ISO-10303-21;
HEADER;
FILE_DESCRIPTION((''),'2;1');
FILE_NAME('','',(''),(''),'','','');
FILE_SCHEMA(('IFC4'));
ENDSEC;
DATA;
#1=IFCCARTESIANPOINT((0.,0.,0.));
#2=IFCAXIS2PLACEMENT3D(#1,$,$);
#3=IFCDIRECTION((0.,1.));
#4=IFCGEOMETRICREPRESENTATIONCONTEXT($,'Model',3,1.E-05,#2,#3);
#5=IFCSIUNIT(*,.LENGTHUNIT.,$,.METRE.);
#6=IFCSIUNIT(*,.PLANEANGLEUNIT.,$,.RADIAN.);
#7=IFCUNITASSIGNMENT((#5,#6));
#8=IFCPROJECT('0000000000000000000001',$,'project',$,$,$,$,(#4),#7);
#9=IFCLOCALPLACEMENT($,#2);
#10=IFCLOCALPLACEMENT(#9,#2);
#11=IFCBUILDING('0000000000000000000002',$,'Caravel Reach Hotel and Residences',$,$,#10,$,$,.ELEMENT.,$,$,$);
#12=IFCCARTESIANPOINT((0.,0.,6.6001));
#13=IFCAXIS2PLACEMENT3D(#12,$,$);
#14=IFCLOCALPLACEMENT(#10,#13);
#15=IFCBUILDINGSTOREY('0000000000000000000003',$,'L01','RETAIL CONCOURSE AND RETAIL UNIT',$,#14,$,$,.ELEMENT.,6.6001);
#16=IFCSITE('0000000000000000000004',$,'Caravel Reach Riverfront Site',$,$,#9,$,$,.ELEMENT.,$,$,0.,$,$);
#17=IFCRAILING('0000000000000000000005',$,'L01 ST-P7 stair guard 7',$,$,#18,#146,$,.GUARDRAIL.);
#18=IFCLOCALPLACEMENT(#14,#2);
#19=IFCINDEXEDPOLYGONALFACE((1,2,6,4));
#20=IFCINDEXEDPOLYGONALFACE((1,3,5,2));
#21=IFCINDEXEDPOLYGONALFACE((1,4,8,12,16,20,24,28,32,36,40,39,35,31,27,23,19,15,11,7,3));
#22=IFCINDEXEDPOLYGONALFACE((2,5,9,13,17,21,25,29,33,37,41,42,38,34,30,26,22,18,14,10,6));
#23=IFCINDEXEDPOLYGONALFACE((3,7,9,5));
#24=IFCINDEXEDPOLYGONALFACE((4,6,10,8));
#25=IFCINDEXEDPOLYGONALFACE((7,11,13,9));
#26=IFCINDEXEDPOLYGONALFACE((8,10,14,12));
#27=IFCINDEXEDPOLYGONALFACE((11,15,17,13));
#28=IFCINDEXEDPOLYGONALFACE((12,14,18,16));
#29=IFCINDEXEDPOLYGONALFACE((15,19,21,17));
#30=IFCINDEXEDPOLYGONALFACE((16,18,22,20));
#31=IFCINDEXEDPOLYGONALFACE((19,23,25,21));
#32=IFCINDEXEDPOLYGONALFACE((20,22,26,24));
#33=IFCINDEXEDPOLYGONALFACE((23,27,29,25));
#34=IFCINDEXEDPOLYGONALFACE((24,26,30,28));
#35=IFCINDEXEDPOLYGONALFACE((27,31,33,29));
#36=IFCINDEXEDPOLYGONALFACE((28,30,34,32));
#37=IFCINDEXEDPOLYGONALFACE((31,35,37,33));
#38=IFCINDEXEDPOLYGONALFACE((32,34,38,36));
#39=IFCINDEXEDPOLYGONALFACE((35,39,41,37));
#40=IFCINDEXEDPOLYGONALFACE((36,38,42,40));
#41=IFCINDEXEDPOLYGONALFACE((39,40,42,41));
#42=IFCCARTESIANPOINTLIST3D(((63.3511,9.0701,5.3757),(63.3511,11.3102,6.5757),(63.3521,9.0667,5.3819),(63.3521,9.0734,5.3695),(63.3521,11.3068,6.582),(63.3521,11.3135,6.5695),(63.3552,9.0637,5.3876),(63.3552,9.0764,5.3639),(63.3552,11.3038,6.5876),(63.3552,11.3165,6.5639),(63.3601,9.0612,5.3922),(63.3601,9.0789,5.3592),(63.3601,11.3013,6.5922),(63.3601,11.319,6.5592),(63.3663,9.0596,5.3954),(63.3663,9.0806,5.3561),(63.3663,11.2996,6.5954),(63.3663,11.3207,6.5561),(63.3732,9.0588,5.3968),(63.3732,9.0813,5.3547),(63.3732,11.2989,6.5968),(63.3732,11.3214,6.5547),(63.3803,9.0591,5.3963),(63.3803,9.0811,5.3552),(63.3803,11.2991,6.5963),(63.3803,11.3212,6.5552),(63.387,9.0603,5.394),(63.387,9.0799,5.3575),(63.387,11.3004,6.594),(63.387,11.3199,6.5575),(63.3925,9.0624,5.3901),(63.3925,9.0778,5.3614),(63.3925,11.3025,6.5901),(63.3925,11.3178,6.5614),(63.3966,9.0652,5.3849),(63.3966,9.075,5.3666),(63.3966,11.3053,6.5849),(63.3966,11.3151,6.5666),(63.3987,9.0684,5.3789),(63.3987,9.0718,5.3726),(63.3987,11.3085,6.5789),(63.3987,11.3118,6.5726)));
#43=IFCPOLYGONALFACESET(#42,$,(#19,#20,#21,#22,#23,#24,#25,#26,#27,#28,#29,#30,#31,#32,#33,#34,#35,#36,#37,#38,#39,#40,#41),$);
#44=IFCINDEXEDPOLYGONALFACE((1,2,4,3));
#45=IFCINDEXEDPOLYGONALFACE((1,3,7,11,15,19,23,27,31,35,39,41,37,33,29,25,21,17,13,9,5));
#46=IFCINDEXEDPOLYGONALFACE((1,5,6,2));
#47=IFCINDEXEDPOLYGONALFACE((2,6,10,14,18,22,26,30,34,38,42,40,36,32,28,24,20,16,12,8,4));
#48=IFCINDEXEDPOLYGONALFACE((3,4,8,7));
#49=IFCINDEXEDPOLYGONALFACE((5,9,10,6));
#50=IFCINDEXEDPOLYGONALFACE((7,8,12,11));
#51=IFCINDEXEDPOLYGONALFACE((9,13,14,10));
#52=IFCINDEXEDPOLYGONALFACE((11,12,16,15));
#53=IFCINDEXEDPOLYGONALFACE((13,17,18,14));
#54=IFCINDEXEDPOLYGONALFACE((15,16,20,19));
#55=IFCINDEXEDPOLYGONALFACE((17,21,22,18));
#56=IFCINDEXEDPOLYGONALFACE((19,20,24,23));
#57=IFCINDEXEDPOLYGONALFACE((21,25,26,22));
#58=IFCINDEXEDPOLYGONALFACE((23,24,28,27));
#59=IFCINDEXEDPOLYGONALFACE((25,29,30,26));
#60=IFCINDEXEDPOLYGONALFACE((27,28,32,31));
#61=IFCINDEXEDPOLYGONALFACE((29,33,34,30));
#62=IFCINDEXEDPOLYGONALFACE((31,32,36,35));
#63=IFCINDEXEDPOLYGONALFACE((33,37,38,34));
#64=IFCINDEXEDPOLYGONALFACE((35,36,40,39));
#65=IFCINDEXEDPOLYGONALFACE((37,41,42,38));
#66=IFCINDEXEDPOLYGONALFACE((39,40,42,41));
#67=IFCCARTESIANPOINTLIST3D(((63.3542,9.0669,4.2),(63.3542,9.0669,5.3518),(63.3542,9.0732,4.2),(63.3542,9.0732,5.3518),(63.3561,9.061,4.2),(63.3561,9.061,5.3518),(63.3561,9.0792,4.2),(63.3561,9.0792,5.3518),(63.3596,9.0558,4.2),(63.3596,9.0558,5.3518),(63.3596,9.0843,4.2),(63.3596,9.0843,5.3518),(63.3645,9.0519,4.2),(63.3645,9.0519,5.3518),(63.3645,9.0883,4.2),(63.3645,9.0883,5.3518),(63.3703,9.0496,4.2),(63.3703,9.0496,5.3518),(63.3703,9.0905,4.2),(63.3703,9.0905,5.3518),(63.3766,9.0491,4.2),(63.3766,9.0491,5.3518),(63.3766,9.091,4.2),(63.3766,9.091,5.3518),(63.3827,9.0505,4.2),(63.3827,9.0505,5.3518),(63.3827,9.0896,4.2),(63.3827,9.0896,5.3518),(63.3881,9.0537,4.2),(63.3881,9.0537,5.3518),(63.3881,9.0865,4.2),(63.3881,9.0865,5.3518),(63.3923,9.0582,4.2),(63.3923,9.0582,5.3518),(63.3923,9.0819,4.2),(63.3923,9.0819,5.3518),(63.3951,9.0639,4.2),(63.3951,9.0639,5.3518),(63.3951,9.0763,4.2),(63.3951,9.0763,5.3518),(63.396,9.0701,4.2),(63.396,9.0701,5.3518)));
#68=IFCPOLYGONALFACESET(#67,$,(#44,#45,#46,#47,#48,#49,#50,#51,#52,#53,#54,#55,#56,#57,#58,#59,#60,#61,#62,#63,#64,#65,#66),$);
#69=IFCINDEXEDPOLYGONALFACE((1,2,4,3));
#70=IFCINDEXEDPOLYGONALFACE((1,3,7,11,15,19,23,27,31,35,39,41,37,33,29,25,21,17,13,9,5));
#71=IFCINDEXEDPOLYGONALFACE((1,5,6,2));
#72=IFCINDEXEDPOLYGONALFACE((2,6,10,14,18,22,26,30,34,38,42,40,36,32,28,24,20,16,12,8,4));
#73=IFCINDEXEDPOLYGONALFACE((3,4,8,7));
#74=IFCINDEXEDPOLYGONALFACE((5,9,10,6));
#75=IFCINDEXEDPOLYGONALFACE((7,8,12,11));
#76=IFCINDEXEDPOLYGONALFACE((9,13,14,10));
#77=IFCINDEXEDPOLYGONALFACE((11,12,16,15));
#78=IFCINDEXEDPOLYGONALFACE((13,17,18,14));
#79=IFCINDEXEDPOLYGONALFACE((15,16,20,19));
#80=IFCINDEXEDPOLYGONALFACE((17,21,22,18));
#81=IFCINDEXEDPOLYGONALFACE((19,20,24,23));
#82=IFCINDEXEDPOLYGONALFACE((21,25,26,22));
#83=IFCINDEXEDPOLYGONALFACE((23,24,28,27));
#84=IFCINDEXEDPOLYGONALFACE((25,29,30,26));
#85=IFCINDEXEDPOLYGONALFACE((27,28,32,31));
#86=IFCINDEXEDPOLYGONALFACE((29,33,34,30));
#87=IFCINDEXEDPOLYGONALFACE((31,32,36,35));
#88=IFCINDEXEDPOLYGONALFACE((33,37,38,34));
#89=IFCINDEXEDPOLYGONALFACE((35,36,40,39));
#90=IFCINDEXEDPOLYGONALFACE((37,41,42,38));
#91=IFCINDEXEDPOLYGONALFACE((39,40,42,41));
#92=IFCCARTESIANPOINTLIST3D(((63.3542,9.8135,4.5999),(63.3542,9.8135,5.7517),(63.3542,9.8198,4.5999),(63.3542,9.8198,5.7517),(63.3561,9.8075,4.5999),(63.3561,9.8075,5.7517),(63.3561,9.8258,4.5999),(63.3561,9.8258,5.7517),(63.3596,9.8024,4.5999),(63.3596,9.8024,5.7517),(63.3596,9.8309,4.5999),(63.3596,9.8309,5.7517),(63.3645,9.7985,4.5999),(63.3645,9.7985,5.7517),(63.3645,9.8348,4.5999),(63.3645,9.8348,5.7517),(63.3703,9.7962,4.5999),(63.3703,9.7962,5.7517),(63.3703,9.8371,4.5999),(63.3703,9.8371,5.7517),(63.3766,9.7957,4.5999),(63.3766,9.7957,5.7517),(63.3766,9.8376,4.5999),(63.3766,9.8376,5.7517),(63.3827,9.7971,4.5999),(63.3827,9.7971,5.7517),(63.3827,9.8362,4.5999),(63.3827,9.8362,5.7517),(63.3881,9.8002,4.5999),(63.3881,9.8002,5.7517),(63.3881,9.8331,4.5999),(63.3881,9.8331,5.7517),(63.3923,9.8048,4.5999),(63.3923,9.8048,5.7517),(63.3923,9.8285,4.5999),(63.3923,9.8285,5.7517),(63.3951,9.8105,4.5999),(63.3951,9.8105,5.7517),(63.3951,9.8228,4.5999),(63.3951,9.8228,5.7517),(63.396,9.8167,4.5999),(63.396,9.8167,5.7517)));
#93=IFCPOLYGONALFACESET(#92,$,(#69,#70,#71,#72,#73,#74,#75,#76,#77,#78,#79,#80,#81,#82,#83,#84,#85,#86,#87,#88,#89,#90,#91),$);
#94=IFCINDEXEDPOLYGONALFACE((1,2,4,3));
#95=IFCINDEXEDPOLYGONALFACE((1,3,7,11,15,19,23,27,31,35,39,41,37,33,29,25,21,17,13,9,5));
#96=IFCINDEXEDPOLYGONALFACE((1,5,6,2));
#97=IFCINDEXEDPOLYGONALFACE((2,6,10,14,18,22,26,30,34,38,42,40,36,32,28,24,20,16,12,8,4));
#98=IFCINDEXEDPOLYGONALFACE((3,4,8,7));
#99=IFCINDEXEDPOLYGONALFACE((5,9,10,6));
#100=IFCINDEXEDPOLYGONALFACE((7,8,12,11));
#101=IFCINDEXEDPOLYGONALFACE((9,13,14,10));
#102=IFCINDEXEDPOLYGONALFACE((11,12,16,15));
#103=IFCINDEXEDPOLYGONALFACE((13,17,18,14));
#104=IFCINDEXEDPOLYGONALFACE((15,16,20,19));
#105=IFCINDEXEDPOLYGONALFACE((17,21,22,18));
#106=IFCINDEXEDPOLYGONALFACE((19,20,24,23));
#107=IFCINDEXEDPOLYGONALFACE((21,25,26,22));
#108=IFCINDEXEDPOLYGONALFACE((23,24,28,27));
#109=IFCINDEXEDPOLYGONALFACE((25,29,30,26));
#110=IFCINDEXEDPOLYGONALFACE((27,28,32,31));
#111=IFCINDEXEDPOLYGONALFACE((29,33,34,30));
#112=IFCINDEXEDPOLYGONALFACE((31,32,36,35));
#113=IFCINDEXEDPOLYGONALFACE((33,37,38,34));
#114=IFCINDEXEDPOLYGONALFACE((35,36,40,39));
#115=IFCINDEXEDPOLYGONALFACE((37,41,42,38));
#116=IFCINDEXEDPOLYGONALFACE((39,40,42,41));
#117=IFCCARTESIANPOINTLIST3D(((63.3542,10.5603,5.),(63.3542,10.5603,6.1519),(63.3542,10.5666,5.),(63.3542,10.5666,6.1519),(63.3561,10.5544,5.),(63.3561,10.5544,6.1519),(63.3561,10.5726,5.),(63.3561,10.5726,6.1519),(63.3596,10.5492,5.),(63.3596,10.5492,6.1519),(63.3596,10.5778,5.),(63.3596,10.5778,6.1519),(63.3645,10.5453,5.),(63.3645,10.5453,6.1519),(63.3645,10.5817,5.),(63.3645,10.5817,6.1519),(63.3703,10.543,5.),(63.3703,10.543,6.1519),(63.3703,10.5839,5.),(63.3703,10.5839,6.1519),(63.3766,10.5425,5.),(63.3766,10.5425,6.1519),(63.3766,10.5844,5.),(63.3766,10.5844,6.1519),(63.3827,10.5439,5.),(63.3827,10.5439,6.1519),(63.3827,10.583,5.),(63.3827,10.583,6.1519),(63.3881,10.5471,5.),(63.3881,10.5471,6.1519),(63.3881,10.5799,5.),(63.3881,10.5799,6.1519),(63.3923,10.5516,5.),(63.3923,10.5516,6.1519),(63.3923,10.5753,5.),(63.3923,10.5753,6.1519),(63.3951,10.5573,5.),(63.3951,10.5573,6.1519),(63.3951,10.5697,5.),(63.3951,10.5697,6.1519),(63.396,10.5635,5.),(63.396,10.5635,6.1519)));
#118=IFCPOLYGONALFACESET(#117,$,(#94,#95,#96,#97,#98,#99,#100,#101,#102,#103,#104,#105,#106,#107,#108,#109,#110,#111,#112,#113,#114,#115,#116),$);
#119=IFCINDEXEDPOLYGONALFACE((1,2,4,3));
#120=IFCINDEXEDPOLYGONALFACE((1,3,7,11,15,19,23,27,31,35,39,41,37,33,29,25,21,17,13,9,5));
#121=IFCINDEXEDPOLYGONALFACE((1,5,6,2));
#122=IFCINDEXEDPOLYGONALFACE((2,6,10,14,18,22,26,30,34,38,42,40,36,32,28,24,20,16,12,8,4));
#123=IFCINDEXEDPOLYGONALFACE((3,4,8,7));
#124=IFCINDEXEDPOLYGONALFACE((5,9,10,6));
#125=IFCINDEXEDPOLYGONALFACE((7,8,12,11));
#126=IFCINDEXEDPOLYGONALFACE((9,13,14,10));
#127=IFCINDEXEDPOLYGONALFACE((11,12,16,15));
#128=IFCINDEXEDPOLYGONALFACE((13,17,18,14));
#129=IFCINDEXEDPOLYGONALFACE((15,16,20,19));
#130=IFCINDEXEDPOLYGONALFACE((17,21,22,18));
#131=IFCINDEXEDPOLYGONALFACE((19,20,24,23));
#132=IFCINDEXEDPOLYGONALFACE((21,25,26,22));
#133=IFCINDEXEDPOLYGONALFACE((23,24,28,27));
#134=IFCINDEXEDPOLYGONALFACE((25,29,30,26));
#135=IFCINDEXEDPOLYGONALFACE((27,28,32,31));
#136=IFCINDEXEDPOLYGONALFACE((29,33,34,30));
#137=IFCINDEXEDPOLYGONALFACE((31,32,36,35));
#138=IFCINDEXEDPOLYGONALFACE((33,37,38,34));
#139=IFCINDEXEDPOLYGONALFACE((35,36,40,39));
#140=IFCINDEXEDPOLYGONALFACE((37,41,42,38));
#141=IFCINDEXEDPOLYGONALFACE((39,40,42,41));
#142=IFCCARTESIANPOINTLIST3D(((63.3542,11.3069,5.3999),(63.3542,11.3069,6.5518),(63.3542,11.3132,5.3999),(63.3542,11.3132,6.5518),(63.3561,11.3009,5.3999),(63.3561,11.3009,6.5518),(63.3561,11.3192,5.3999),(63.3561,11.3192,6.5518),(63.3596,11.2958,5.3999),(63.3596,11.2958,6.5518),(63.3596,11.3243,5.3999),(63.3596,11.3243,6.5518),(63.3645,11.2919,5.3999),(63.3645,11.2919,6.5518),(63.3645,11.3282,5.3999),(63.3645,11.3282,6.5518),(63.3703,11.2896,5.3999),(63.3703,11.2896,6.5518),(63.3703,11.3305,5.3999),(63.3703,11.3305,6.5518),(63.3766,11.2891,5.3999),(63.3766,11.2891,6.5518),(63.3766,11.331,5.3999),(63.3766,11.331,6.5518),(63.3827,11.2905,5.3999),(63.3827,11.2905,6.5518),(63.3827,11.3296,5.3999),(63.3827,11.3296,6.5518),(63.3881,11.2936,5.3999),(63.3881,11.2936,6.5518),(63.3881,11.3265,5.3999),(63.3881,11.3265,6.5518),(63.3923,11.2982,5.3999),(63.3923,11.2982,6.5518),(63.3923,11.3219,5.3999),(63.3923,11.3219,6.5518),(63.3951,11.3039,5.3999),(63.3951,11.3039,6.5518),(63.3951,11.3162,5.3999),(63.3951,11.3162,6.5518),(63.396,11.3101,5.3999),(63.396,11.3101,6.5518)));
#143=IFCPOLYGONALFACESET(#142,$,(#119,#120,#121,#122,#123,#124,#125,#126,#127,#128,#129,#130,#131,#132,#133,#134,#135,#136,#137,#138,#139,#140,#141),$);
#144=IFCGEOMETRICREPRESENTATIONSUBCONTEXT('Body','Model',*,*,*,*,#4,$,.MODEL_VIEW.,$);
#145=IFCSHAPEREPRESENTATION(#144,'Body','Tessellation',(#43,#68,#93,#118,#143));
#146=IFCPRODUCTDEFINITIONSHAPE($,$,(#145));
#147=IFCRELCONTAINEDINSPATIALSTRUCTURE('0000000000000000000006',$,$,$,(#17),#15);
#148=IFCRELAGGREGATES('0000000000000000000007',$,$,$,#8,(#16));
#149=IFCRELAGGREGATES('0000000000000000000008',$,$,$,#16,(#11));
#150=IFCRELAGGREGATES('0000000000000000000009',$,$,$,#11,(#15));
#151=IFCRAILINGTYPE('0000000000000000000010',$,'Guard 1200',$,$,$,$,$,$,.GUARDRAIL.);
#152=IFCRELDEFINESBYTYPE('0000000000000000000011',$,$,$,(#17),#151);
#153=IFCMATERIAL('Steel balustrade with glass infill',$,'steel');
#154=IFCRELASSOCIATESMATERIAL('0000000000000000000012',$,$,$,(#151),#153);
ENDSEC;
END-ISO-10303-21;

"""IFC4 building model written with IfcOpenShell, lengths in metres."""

from ifc_helpers import new_model, si_unit, direction, frame, origin, origin_2d, place, context, subcontext, project, spatial, circle, extrude, material, type_object, element, save


model = new_model("IFC4")

# Units and contexts
model_context = context("Model", 3, precision=1e-05, world=origin(), true_north=direction((0.0, 1.0)))
body_context = subcontext(model_context, "Body", "Model", "MODEL_VIEW")
ifc_project = project(units=[si_unit("LENGTHUNIT", "METRE"), si_unit("PLANEANGLEUNIT", "RADIAN")], contexts=[model_context])

# Site, building, storey
site_placement = place(None, origin())
site = spatial("IfcSite", under=ifc_project, at=site_placement, Name="Caravel Reach Riverfront Site", CompositionType="ELEMENT", RefElevation=0.0)
building_placement = place(site_placement, origin())
building = spatial("IfcBuilding", under=site, at=building_placement, Name="Caravel Reach Hotel and Residences", CompositionType="ELEMENT")
storey_placement = place(building_placement, frame((0.0, 0.0, 6.6001)))
storey = spatial("IfcBuildingStorey", under=building, at=storey_placement, Name="L01", Description="RETAIL CONCOURSE AND RETAIL UNIT", CompositionType="ELEMENT", Elevation=6.6001)

# Railing
ifc_material_1 = material(Name="Steel balustrade with glass infill", Category="steel")
railing_type_1 = type_object("IfcRailingType", Name="Guard 1200", PredefinedType="GUARDRAIL", material=ifc_material_1)
railing_1_placement = place(storey_placement, frame((63.375, 9.0701, 4.2)))
element("IfcRailing", 1, at=railing_1_placement, inside=storey, type_object=railing_type_1, Name="L01 ST-P7 stair guard 7", PredefinedType="GUARDRAIL", context=body_context, shape_type="SweptSolid", body=[
    extrude(circle(Radius=0.0239, at=origin_2d()), frame((0.0, 0.0, 1.1758), z_axis=(0.0, 0.881487, 0.472208), x_axis=(-1.0, 0.0, 0.0)), (0.0, 0.0, 1.0), 2.5413),
    extrude(circle(Radius=0.021, at=origin_2d()), origin(), (0.0, 0.0, 1.0), 1.1519),
    extrude(circle(Radius=0.021, at=origin_2d()), frame((0.0, 0.7466, 0.3999)), (0.0, 0.0, 1.0), 1.1519),
    extrude(circle(Radius=0.021, at=origin_2d()), frame((0.0, 1.4934, 0.8)), (0.0, 0.0, 1.0), 1.1519),
    extrude(circle(Radius=0.021, at=origin_2d()), frame((0.0, 2.24, 1.2)), (0.0, 0.0, 1.0), 1.1519),
])

save(model, "model.ifc")
